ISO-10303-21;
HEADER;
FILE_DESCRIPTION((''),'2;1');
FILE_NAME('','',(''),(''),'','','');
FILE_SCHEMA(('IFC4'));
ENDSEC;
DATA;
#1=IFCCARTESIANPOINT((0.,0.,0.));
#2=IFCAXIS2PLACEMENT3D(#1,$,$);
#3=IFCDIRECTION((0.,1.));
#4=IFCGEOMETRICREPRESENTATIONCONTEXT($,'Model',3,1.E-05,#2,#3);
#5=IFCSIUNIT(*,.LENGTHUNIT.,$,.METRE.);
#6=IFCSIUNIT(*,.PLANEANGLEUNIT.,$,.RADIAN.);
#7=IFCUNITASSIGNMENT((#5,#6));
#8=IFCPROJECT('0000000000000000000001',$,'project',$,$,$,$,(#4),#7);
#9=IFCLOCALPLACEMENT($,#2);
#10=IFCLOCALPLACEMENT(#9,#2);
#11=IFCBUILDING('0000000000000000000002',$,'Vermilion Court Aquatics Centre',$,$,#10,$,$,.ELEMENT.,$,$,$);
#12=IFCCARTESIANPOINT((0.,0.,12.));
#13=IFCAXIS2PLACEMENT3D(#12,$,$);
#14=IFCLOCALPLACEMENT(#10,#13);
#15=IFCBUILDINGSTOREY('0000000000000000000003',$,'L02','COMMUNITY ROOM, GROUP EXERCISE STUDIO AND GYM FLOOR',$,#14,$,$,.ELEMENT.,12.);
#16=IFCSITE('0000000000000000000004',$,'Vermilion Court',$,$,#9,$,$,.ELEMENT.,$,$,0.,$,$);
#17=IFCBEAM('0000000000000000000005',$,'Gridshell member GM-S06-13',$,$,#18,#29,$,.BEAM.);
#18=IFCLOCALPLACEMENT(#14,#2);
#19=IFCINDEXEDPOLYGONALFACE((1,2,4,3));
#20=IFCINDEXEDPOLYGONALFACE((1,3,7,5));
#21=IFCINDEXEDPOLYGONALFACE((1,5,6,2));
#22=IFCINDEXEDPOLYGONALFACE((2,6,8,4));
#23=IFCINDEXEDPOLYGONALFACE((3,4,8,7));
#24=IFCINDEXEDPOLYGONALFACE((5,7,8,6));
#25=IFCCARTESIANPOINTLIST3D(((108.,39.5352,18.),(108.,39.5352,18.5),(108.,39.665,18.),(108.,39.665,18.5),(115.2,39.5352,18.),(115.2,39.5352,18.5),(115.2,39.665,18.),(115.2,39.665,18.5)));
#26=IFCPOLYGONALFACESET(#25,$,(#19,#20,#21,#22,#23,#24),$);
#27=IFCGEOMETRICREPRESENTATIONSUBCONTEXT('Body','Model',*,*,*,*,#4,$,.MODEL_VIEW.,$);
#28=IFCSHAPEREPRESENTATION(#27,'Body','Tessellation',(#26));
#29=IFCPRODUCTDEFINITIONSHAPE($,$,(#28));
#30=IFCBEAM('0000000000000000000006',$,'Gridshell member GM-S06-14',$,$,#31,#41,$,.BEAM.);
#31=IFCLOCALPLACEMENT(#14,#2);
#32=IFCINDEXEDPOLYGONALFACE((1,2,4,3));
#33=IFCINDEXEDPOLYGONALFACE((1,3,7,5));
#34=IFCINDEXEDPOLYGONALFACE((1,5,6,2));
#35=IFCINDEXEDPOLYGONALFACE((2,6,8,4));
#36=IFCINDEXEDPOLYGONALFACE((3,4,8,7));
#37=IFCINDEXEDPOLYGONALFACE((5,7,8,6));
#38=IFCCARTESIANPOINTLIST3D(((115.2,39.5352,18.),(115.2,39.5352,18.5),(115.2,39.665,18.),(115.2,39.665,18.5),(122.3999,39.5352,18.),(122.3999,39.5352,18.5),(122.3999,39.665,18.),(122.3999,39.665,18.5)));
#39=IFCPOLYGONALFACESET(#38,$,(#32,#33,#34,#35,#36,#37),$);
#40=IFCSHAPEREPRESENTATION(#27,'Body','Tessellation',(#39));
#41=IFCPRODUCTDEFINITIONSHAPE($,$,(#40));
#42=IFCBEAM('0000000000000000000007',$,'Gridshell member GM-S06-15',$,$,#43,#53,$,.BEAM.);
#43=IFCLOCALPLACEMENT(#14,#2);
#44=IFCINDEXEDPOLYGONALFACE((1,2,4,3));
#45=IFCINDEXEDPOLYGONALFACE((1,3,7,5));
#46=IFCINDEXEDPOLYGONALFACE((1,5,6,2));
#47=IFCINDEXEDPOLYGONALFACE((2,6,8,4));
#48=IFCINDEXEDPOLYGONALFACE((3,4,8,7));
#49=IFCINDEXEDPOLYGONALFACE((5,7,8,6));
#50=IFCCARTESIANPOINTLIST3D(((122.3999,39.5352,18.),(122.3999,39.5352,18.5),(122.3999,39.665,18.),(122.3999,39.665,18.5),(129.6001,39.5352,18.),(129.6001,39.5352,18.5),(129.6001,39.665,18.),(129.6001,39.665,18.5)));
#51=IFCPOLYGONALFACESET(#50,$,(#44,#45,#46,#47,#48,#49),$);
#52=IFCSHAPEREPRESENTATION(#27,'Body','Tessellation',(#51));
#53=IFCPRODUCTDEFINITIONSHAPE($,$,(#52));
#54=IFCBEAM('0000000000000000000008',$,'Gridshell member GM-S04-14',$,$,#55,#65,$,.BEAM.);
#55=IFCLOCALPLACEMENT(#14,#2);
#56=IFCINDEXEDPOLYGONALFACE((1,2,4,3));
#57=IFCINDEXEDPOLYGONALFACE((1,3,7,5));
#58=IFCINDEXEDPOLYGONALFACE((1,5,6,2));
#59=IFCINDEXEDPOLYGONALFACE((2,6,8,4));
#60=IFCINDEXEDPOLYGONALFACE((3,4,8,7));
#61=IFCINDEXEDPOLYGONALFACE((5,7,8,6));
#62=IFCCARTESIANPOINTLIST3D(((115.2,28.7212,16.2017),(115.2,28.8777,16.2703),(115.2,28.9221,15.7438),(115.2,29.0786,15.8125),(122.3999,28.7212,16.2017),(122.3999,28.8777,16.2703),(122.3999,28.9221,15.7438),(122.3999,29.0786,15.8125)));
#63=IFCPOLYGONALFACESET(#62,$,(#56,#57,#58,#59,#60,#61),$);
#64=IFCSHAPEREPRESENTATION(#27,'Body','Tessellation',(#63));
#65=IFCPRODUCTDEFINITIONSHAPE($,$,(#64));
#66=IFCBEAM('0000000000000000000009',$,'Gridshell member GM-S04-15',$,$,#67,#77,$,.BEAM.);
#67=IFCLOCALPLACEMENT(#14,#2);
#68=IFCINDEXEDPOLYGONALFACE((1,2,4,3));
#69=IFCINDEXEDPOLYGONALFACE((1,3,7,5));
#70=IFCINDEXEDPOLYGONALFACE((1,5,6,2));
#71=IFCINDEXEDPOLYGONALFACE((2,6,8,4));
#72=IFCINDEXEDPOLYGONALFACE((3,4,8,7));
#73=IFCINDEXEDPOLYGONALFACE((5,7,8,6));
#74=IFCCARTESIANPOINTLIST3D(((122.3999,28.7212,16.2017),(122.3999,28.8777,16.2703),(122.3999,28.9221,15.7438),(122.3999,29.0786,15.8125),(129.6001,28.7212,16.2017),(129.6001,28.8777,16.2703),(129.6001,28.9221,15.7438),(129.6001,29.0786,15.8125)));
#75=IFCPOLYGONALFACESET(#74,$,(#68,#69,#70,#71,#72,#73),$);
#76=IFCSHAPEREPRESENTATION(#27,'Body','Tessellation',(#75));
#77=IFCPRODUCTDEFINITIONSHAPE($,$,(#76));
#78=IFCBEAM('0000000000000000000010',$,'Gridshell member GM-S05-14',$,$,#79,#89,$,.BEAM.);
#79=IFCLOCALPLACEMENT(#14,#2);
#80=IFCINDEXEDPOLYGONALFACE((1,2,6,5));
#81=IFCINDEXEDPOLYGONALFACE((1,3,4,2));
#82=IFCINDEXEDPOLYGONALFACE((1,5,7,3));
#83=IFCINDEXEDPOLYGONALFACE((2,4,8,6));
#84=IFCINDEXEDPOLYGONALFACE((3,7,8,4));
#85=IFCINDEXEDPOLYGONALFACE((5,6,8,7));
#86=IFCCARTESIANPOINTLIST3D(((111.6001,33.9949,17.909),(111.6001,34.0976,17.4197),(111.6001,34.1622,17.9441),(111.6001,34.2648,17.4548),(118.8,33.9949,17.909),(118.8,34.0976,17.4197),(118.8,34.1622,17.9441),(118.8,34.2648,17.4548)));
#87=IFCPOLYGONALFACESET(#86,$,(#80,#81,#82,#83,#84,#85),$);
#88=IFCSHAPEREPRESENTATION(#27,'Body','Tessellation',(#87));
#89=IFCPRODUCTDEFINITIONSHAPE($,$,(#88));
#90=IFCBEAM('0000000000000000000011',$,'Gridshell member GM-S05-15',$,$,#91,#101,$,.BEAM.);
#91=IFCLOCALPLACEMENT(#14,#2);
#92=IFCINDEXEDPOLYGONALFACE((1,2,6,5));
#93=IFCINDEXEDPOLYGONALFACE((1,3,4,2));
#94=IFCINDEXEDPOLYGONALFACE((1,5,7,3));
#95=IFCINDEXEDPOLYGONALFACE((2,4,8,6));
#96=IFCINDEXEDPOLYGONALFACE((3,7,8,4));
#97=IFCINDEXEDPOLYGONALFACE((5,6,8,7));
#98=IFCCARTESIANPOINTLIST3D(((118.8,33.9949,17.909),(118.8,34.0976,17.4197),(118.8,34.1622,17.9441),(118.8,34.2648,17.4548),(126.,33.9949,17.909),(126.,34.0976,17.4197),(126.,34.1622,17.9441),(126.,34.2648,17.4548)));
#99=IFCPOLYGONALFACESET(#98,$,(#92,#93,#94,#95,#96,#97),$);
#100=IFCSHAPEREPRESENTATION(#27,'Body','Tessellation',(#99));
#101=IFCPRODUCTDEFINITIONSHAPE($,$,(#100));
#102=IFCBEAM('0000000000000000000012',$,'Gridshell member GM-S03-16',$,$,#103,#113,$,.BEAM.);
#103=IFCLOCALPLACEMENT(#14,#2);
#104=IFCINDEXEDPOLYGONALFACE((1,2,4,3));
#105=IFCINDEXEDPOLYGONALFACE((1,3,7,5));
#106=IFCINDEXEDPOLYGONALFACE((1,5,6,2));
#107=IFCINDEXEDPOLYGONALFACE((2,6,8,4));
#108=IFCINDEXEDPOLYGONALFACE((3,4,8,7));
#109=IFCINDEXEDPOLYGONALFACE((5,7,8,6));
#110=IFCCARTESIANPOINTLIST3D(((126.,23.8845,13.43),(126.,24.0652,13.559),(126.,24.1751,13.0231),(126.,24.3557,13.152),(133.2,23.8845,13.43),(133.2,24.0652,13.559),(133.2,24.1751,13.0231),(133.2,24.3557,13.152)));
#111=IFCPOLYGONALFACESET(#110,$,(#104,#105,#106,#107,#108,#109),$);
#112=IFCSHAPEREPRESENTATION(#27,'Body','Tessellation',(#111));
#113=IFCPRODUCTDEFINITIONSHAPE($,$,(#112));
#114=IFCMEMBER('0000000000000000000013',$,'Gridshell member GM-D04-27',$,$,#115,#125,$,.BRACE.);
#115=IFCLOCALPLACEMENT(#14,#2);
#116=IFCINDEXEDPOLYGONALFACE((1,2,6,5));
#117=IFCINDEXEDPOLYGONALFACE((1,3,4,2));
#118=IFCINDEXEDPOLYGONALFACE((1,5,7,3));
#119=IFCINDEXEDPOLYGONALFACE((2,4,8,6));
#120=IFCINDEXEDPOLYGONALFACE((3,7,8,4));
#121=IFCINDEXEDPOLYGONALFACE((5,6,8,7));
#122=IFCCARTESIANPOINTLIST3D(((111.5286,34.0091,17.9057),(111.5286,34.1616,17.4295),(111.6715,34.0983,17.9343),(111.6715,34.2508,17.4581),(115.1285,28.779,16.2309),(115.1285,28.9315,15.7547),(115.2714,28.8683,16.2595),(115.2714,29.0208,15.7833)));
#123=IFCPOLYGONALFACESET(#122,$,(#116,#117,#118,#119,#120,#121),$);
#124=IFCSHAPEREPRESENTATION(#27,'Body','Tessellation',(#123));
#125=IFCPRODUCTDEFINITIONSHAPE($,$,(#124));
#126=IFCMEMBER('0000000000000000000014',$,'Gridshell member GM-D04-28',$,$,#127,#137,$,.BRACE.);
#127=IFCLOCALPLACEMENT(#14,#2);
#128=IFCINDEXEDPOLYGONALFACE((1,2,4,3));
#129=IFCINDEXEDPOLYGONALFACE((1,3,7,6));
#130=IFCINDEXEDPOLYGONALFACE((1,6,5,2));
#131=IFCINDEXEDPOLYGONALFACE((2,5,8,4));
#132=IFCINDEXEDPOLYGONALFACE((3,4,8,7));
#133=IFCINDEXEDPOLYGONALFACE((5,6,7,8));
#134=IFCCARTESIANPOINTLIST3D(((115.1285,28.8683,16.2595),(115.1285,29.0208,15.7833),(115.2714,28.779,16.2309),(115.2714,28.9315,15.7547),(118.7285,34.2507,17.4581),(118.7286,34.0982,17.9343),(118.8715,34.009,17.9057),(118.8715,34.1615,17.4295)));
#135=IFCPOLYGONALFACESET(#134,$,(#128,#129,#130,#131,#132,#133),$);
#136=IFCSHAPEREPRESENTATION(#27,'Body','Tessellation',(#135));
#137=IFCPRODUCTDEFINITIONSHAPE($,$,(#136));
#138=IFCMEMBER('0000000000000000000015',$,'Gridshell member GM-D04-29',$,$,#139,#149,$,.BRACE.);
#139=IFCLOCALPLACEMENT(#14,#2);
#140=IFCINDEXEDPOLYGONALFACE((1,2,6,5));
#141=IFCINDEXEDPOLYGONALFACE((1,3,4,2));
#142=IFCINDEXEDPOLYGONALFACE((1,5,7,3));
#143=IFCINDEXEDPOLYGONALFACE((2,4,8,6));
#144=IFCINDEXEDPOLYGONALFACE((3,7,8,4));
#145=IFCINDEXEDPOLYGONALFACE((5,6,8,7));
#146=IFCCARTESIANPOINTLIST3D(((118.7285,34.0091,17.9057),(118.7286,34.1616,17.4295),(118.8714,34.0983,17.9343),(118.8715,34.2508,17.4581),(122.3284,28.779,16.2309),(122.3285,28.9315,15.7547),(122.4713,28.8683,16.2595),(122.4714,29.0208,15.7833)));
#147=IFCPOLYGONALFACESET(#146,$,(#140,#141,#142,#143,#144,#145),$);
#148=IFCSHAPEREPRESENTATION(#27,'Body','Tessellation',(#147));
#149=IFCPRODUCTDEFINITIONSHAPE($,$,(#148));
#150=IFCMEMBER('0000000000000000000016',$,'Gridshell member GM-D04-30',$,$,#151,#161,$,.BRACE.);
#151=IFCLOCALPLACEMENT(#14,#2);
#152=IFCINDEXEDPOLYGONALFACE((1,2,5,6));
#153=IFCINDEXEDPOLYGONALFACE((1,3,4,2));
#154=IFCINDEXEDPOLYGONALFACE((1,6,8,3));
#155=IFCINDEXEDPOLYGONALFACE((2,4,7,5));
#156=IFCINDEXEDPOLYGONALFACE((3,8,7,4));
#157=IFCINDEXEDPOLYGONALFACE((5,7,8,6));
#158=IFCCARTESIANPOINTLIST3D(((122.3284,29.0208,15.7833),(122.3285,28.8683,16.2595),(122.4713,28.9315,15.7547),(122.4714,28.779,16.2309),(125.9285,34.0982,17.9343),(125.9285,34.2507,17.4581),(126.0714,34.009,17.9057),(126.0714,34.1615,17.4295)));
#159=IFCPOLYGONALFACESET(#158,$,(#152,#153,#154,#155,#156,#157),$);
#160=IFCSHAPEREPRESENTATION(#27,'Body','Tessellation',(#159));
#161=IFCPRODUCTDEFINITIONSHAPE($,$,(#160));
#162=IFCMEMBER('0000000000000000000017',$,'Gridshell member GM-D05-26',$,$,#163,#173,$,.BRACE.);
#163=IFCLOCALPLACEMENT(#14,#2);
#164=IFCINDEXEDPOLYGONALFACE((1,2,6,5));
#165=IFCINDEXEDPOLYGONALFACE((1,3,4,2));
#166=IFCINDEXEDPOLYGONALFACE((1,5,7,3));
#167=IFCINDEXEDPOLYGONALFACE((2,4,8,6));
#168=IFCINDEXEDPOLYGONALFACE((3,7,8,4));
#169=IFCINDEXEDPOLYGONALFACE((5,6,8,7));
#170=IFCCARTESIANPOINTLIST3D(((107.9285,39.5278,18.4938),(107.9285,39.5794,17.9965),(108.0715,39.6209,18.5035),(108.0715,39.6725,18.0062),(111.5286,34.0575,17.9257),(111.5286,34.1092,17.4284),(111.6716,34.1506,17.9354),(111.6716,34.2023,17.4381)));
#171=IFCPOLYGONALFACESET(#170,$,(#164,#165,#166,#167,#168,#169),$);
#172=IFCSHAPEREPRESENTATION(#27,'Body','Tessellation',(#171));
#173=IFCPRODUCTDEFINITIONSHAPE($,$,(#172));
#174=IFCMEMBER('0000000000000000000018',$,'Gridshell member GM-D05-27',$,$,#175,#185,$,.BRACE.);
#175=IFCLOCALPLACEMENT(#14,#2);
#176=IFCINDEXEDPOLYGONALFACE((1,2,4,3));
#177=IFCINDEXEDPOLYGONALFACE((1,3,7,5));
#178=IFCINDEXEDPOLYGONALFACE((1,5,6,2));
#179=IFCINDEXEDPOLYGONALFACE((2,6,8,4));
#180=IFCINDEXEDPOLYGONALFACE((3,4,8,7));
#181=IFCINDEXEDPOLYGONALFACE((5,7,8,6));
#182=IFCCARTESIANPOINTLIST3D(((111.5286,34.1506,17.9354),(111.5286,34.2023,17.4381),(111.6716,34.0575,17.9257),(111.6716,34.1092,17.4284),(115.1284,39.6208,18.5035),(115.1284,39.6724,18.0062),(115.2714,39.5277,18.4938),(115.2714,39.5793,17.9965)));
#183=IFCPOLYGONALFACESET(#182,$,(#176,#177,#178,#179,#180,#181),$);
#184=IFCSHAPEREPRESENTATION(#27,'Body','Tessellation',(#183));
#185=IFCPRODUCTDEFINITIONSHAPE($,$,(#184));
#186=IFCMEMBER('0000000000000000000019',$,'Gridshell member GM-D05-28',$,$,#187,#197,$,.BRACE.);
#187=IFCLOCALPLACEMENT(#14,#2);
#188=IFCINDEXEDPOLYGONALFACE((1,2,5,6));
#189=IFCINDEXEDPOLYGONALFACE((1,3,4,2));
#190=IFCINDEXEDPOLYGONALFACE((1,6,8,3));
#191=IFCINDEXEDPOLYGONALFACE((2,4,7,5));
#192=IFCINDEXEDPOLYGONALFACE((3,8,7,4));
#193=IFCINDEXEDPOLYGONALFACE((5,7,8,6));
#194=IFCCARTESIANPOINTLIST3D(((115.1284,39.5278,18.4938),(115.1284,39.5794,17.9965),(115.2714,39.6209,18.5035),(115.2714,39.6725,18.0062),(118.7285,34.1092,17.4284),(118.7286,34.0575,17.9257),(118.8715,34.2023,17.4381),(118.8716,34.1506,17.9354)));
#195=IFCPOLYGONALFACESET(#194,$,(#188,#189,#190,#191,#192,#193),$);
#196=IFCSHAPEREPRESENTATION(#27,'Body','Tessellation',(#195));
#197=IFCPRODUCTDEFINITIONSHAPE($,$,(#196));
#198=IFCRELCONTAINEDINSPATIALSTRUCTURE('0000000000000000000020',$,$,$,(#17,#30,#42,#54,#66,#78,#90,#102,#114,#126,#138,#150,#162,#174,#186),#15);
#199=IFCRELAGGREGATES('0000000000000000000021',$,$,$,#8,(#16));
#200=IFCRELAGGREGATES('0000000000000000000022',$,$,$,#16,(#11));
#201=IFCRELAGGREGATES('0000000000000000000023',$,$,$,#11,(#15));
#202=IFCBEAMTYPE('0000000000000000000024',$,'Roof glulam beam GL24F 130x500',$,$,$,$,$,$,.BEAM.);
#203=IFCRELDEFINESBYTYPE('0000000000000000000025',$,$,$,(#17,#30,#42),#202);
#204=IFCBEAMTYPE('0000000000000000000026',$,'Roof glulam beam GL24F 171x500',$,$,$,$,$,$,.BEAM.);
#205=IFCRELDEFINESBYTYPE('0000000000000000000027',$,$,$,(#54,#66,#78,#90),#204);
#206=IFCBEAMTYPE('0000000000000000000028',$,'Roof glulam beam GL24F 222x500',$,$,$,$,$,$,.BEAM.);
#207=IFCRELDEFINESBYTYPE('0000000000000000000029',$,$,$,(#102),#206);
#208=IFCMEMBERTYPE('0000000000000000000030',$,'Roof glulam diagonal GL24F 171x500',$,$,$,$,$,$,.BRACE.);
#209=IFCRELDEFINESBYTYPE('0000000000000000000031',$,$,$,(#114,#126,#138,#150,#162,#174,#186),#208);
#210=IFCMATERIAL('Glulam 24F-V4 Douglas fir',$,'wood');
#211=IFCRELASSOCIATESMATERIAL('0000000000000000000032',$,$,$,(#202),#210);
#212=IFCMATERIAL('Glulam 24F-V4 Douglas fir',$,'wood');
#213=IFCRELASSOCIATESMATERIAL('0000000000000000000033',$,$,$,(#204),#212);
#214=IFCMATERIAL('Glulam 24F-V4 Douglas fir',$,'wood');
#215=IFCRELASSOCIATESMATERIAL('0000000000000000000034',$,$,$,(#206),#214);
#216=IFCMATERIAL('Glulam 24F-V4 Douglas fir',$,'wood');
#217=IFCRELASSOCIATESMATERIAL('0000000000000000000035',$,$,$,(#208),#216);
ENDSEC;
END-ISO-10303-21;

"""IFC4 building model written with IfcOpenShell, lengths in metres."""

from ifc_helpers import new_model, si_unit, direction, frame, origin, origin_2d, place, context, subcontext, project, spatial, rectangle, extrude, material, material_profile, profile_set, type_object, element, save


model = new_model("IFC4")

# Units and contexts
model_context = context("Model", 3, precision=1e-05, world=origin(), true_north=direction((0.0, 1.0)))
body_context = subcontext(model_context, "Body", "Model", "MODEL_VIEW")
ifc_project = project(units=[si_unit("LENGTHUNIT", "METRE"), si_unit("PLANEANGLEUNIT", "RADIAN")], contexts=[model_context])

# Site, building, storey
site_placement = place(None, origin())
site = spatial("IfcSite", under=ifc_project, at=site_placement, Name="Vermilion Court", CompositionType="ELEMENT", RefElevation=0.0)
building_placement = place(site_placement, origin())
building = spatial("IfcBuilding", under=site, at=building_placement, Name="Vermilion Court Aquatics Centre", CompositionType="ELEMENT")
storey_placement = place(building_placement, frame((0.0, 0.0, 12.0)))
storey = spatial("IfcBuildingStorey", under=building, at=storey_placement, Name="L02", Description="COMMUNITY ROOM, GROUP EXERCISE STUDIO AND GYM FLOOR", CompositionType="ELEMENT", Elevation=12.0)

# Beams
ifc_material_1 = material(Name="Glulam 24F-V4 Douglas fir", Category="wood")
ifc_material_profile_1 = material_profile(ifc_material_1, rectangle(XDim=0.1299, YDim=0.5, at=origin_2d()), Name="GL24F 130x500")
ifc_profile_set_1 = profile_set([ifc_material_profile_1], Name="Glulam 24F-V4 Douglas fir")
beam_type_1 = type_object("IfcBeamType", Name="Roof glulam beam GL24F 130x500", PredefinedType="BEAM", material=ifc_profile_set_1)
for number, where, z_axis, x_axis, name in (
    (1, (108.0, 39.6001, 18.25), (1.0, 0.0, 0.0), (0.0, 1.0, 0.0), "Gridshell member GM-S06-13"),
    (2, (115.2, 39.6001, 18.25), (1.0, 0.0, 0.0), (0.0, 1.0, 0.0), "Gridshell member GM-S06-14"),
):
    element("IfcBeam", number, at=place(storey_placement, frame(where, z_axis=z_axis, x_axis=x_axis)), inside=storey, type_object=beam_type_1, Name=name, PredefinedType="BEAM", context=body_context, shape_type="SweptSolid", body=[
        extrude(rectangle(XDim=0.1299, YDim=0.5, at=origin_2d()), origin(), (0.0, 0.0, 1.0), 7.2),
    ])
beam_1_placement = place(storey_placement, frame((122.3999, 39.6001, 18.25), z_axis=(1.0, 0.0, 0.0), x_axis=(0.0, 1.0, 0.0)))
element("IfcBeam", 3, at=beam_1_placement, inside=storey, type_object=beam_type_1, Name="Gridshell member GM-S06-15", PredefinedType="BEAM", context=body_context, shape_type="SweptSolid", body=[
    extrude(rectangle(XDim=0.1299, YDim=0.5, at=origin_2d()), origin(), (0.0, 0.0, 1.0), 7.2002),
])
ifc_material_2 = material(Name="Glulam 24F-V4 Douglas fir", Category="wood")
ifc_material_profile_2 = material_profile(ifc_material_2, rectangle(XDim=0.1709, YDim=0.5, at=origin_2d()), Name="GL24F 171x500")
ifc_profile_set_2 = profile_set([ifc_material_profile_2], Name="Glulam 24F-V4 Douglas fir")
beam_type_2 = type_object("IfcBeamType", Name="Roof glulam beam GL24F 171x500", PredefinedType="BEAM", material=ifc_profile_set_2)
beam_2_placement = place(storey_placement, frame((115.2, 28.8999, 16.0071), z_axis=(1.0, 0.0, 0.0), x_axis=(0.0, 0.915794, 0.401648)))
element("IfcBeam", 4, at=beam_2_placement, inside=storey, type_object=beam_type_2, Name="Gridshell member GM-S04-14", PredefinedType="BEAM", context=body_context, shape_type="SweptSolid", body=[
    extrude(rectangle(XDim=0.1709, YDim=0.5, at=origin_2d()), origin(), (0.0, 0.0, 1.0), 7.2),
])
beam_3_placement = place(storey_placement, frame((122.3999, 28.8999, 16.0071), z_axis=(1.0, 0.0, 0.0), x_axis=(0.0, 0.915794, 0.401648)))
element("IfcBeam", 5, at=beam_3_placement, inside=storey, type_object=beam_type_2, Name="Gridshell member GM-S04-15", PredefinedType="BEAM", context=body_context, shape_type="SweptSolid", body=[
    extrude(rectangle(XDim=0.1709, YDim=0.5, at=origin_2d()), origin(), (0.0, 0.0, 1.0), 7.2002),
])
for number, where, z_axis, x_axis, name in (
    (6, (111.6001, 34.1299, 17.6819), (1.0, 0.0, 0.0), (0.0, 0.978692, 0.205333), "Gridshell member GM-S05-14"),
    (7, (118.8, 34.1299, 17.6819), (1.0, 0.0, 0.0), (0.0, 0.978692, 0.205333), "Gridshell member GM-S05-15"),
):
    element("IfcBeam", number, at=place(storey_placement, frame(where, z_axis=z_axis, x_axis=x_axis)), inside=storey, type_object=beam_type_2, Name=name, PredefinedType="BEAM", context=body_context, shape_type="SweptSolid", body=[
        extrude(rectangle(XDim=0.1709, YDim=0.5, at=origin_2d()), origin(), (0.0, 0.0, 1.0), 7.2),
    ])
ifc_material_3 = material(Name="Glulam 24F-V4 Douglas fir", Category="wood")
ifc_material_profile_3 = material_profile(ifc_material_3, rectangle(XDim=0.2219, YDim=0.5, at=origin_2d()), Name="GL24F 222x500")
ifc_profile_set_3 = profile_set([ifc_material_profile_3], Name="Glulam 24F-V4 Douglas fir")
beam_type_3 = type_object("IfcBeamType", Name="Roof glulam beam GL24F 222x500", PredefinedType="BEAM", material=ifc_profile_set_3)
beam_4_placement = place(storey_placement, frame((126.0, 24.1201, 13.291), z_axis=(1.0, 0.0, 0.0), x_axis=(0.0, 0.813848, 0.581078)))
element("IfcBeam", 8, at=beam_4_placement, inside=storey, type_object=beam_type_3, Name="Gridshell member GM-S03-16", PredefinedType="BEAM", context=body_context, shape_type="SweptSolid", body=[
    extrude(rectangle(XDim=0.2219, YDim=0.5, at=origin_2d()), origin(), (0.0, 0.0, 1.0), 7.2),
])

# Members
ifc_material_4 = material(Name="Glulam 24F-V4 Douglas fir", Category="wood")
ifc_material_profile_4 = material_profile(ifc_material_4, rectangle(XDim=0.1709, YDim=0.5, at=origin_2d()), Name="GL24F 171x500")
ifc_profile_set_4 = profile_set([ifc_material_profile_4], Name="Glulam 24F-V4 Douglas fir")
member_type_1 = type_object("IfcMemberType", Name="Roof glulam diagonal GL24F 171x500", PredefinedType="BRACE", material=ifc_profile_set_4)
for number, where, z_axis, x_axis, name in (
    (9, (115.2, 28.8999, 16.0071), (-0.54823, 0.796485, 0.25506), (-0.836328, -0.522086, -0.167278), "Gridshell member GM-D04-27"),
    (10, (115.2, 28.8999, 16.0071), (0.548256, 0.796469, 0.255055), (-0.836311, 0.522113, 0.167278), "Gridshell member GM-D04-28"),
    (11, (122.3999, 28.8999, 16.0071), (-0.54823, 0.796485, 0.25506), (-0.836328, -0.522086, -0.167278), "Gridshell member GM-D04-29"),
    (12, (122.3999, 28.8999, 16.0071), (0.548256, 0.796469, 0.255055), (-0.836311, 0.522113, 0.167278), "Gridshell member GM-D04-30"),
):
    element("IfcMember", number, at=place(storey_placement, frame(where, z_axis=z_axis, x_axis=x_axis)), inside=storey, type_object=member_type_1, Name=name, PredefinedType="BRACE", context=body_context, shape_type="SweptSolid", body=[
        extrude(rectangle(XDim=0.1709, YDim=0.5, at=origin_2d()), origin(), (0.0, 0.0, 1.0), 6.5664),
    ])
member_1_placement = place(storey_placement, frame((111.6001, 34.1299, 17.6819), z_axis=(-0.547695, 0.832202, 0.086429), x_axis=(-0.836678, -0.54477, -0.056532)))
element("IfcMember", 13, at=member_1_placement, inside=storey, type_object=member_type_1, Name="Gridshell member GM-D05-26", PredefinedType="BRACE", context=body_context, shape_type="SweptSolid", body=[
    extrude(rectangle(XDim=0.1709, YDim=0.5, at=origin_2d()), origin(), (0.0, 0.0, 1.0), 6.5732),
])
member_2_placement = place(storey_placement, frame((111.6001, 34.1299, 17.6819), z_axis=(0.547669, 0.832219, 0.086431), x_axis=(-0.836695, 0.544743, 0.056532)))
element("IfcMember", 14, at=member_2_placement, inside=storey, type_object=member_type_1, Name="Gridshell member GM-D05-27", PredefinedType="BRACE", context=body_context, shape_type="SweptSolid", body=[
    extrude(rectangle(XDim=0.1709, YDim=0.5, at=origin_2d()), origin(), (0.0, 0.0, 1.0), 6.573),
])
member_3_placement = place(storey_placement, frame((118.8, 34.1299, 17.6819), z_axis=(-0.547695, 0.832202, 0.086429), x_axis=(-0.836678, -0.54477, -0.056532)))
element("IfcMember", 15, at=member_3_placement, inside=storey, type_object=member_type_1, Name="Gridshell member GM-D05-28", PredefinedType="BRACE", context=body_context, shape_type="SweptSolid", body=[
    extrude(rectangle(XDim=0.1709, YDim=0.5, at=origin_2d()), origin(), (0.0, 0.0, 1.0), 6.5732),
])

save(model, "model.ifc")
